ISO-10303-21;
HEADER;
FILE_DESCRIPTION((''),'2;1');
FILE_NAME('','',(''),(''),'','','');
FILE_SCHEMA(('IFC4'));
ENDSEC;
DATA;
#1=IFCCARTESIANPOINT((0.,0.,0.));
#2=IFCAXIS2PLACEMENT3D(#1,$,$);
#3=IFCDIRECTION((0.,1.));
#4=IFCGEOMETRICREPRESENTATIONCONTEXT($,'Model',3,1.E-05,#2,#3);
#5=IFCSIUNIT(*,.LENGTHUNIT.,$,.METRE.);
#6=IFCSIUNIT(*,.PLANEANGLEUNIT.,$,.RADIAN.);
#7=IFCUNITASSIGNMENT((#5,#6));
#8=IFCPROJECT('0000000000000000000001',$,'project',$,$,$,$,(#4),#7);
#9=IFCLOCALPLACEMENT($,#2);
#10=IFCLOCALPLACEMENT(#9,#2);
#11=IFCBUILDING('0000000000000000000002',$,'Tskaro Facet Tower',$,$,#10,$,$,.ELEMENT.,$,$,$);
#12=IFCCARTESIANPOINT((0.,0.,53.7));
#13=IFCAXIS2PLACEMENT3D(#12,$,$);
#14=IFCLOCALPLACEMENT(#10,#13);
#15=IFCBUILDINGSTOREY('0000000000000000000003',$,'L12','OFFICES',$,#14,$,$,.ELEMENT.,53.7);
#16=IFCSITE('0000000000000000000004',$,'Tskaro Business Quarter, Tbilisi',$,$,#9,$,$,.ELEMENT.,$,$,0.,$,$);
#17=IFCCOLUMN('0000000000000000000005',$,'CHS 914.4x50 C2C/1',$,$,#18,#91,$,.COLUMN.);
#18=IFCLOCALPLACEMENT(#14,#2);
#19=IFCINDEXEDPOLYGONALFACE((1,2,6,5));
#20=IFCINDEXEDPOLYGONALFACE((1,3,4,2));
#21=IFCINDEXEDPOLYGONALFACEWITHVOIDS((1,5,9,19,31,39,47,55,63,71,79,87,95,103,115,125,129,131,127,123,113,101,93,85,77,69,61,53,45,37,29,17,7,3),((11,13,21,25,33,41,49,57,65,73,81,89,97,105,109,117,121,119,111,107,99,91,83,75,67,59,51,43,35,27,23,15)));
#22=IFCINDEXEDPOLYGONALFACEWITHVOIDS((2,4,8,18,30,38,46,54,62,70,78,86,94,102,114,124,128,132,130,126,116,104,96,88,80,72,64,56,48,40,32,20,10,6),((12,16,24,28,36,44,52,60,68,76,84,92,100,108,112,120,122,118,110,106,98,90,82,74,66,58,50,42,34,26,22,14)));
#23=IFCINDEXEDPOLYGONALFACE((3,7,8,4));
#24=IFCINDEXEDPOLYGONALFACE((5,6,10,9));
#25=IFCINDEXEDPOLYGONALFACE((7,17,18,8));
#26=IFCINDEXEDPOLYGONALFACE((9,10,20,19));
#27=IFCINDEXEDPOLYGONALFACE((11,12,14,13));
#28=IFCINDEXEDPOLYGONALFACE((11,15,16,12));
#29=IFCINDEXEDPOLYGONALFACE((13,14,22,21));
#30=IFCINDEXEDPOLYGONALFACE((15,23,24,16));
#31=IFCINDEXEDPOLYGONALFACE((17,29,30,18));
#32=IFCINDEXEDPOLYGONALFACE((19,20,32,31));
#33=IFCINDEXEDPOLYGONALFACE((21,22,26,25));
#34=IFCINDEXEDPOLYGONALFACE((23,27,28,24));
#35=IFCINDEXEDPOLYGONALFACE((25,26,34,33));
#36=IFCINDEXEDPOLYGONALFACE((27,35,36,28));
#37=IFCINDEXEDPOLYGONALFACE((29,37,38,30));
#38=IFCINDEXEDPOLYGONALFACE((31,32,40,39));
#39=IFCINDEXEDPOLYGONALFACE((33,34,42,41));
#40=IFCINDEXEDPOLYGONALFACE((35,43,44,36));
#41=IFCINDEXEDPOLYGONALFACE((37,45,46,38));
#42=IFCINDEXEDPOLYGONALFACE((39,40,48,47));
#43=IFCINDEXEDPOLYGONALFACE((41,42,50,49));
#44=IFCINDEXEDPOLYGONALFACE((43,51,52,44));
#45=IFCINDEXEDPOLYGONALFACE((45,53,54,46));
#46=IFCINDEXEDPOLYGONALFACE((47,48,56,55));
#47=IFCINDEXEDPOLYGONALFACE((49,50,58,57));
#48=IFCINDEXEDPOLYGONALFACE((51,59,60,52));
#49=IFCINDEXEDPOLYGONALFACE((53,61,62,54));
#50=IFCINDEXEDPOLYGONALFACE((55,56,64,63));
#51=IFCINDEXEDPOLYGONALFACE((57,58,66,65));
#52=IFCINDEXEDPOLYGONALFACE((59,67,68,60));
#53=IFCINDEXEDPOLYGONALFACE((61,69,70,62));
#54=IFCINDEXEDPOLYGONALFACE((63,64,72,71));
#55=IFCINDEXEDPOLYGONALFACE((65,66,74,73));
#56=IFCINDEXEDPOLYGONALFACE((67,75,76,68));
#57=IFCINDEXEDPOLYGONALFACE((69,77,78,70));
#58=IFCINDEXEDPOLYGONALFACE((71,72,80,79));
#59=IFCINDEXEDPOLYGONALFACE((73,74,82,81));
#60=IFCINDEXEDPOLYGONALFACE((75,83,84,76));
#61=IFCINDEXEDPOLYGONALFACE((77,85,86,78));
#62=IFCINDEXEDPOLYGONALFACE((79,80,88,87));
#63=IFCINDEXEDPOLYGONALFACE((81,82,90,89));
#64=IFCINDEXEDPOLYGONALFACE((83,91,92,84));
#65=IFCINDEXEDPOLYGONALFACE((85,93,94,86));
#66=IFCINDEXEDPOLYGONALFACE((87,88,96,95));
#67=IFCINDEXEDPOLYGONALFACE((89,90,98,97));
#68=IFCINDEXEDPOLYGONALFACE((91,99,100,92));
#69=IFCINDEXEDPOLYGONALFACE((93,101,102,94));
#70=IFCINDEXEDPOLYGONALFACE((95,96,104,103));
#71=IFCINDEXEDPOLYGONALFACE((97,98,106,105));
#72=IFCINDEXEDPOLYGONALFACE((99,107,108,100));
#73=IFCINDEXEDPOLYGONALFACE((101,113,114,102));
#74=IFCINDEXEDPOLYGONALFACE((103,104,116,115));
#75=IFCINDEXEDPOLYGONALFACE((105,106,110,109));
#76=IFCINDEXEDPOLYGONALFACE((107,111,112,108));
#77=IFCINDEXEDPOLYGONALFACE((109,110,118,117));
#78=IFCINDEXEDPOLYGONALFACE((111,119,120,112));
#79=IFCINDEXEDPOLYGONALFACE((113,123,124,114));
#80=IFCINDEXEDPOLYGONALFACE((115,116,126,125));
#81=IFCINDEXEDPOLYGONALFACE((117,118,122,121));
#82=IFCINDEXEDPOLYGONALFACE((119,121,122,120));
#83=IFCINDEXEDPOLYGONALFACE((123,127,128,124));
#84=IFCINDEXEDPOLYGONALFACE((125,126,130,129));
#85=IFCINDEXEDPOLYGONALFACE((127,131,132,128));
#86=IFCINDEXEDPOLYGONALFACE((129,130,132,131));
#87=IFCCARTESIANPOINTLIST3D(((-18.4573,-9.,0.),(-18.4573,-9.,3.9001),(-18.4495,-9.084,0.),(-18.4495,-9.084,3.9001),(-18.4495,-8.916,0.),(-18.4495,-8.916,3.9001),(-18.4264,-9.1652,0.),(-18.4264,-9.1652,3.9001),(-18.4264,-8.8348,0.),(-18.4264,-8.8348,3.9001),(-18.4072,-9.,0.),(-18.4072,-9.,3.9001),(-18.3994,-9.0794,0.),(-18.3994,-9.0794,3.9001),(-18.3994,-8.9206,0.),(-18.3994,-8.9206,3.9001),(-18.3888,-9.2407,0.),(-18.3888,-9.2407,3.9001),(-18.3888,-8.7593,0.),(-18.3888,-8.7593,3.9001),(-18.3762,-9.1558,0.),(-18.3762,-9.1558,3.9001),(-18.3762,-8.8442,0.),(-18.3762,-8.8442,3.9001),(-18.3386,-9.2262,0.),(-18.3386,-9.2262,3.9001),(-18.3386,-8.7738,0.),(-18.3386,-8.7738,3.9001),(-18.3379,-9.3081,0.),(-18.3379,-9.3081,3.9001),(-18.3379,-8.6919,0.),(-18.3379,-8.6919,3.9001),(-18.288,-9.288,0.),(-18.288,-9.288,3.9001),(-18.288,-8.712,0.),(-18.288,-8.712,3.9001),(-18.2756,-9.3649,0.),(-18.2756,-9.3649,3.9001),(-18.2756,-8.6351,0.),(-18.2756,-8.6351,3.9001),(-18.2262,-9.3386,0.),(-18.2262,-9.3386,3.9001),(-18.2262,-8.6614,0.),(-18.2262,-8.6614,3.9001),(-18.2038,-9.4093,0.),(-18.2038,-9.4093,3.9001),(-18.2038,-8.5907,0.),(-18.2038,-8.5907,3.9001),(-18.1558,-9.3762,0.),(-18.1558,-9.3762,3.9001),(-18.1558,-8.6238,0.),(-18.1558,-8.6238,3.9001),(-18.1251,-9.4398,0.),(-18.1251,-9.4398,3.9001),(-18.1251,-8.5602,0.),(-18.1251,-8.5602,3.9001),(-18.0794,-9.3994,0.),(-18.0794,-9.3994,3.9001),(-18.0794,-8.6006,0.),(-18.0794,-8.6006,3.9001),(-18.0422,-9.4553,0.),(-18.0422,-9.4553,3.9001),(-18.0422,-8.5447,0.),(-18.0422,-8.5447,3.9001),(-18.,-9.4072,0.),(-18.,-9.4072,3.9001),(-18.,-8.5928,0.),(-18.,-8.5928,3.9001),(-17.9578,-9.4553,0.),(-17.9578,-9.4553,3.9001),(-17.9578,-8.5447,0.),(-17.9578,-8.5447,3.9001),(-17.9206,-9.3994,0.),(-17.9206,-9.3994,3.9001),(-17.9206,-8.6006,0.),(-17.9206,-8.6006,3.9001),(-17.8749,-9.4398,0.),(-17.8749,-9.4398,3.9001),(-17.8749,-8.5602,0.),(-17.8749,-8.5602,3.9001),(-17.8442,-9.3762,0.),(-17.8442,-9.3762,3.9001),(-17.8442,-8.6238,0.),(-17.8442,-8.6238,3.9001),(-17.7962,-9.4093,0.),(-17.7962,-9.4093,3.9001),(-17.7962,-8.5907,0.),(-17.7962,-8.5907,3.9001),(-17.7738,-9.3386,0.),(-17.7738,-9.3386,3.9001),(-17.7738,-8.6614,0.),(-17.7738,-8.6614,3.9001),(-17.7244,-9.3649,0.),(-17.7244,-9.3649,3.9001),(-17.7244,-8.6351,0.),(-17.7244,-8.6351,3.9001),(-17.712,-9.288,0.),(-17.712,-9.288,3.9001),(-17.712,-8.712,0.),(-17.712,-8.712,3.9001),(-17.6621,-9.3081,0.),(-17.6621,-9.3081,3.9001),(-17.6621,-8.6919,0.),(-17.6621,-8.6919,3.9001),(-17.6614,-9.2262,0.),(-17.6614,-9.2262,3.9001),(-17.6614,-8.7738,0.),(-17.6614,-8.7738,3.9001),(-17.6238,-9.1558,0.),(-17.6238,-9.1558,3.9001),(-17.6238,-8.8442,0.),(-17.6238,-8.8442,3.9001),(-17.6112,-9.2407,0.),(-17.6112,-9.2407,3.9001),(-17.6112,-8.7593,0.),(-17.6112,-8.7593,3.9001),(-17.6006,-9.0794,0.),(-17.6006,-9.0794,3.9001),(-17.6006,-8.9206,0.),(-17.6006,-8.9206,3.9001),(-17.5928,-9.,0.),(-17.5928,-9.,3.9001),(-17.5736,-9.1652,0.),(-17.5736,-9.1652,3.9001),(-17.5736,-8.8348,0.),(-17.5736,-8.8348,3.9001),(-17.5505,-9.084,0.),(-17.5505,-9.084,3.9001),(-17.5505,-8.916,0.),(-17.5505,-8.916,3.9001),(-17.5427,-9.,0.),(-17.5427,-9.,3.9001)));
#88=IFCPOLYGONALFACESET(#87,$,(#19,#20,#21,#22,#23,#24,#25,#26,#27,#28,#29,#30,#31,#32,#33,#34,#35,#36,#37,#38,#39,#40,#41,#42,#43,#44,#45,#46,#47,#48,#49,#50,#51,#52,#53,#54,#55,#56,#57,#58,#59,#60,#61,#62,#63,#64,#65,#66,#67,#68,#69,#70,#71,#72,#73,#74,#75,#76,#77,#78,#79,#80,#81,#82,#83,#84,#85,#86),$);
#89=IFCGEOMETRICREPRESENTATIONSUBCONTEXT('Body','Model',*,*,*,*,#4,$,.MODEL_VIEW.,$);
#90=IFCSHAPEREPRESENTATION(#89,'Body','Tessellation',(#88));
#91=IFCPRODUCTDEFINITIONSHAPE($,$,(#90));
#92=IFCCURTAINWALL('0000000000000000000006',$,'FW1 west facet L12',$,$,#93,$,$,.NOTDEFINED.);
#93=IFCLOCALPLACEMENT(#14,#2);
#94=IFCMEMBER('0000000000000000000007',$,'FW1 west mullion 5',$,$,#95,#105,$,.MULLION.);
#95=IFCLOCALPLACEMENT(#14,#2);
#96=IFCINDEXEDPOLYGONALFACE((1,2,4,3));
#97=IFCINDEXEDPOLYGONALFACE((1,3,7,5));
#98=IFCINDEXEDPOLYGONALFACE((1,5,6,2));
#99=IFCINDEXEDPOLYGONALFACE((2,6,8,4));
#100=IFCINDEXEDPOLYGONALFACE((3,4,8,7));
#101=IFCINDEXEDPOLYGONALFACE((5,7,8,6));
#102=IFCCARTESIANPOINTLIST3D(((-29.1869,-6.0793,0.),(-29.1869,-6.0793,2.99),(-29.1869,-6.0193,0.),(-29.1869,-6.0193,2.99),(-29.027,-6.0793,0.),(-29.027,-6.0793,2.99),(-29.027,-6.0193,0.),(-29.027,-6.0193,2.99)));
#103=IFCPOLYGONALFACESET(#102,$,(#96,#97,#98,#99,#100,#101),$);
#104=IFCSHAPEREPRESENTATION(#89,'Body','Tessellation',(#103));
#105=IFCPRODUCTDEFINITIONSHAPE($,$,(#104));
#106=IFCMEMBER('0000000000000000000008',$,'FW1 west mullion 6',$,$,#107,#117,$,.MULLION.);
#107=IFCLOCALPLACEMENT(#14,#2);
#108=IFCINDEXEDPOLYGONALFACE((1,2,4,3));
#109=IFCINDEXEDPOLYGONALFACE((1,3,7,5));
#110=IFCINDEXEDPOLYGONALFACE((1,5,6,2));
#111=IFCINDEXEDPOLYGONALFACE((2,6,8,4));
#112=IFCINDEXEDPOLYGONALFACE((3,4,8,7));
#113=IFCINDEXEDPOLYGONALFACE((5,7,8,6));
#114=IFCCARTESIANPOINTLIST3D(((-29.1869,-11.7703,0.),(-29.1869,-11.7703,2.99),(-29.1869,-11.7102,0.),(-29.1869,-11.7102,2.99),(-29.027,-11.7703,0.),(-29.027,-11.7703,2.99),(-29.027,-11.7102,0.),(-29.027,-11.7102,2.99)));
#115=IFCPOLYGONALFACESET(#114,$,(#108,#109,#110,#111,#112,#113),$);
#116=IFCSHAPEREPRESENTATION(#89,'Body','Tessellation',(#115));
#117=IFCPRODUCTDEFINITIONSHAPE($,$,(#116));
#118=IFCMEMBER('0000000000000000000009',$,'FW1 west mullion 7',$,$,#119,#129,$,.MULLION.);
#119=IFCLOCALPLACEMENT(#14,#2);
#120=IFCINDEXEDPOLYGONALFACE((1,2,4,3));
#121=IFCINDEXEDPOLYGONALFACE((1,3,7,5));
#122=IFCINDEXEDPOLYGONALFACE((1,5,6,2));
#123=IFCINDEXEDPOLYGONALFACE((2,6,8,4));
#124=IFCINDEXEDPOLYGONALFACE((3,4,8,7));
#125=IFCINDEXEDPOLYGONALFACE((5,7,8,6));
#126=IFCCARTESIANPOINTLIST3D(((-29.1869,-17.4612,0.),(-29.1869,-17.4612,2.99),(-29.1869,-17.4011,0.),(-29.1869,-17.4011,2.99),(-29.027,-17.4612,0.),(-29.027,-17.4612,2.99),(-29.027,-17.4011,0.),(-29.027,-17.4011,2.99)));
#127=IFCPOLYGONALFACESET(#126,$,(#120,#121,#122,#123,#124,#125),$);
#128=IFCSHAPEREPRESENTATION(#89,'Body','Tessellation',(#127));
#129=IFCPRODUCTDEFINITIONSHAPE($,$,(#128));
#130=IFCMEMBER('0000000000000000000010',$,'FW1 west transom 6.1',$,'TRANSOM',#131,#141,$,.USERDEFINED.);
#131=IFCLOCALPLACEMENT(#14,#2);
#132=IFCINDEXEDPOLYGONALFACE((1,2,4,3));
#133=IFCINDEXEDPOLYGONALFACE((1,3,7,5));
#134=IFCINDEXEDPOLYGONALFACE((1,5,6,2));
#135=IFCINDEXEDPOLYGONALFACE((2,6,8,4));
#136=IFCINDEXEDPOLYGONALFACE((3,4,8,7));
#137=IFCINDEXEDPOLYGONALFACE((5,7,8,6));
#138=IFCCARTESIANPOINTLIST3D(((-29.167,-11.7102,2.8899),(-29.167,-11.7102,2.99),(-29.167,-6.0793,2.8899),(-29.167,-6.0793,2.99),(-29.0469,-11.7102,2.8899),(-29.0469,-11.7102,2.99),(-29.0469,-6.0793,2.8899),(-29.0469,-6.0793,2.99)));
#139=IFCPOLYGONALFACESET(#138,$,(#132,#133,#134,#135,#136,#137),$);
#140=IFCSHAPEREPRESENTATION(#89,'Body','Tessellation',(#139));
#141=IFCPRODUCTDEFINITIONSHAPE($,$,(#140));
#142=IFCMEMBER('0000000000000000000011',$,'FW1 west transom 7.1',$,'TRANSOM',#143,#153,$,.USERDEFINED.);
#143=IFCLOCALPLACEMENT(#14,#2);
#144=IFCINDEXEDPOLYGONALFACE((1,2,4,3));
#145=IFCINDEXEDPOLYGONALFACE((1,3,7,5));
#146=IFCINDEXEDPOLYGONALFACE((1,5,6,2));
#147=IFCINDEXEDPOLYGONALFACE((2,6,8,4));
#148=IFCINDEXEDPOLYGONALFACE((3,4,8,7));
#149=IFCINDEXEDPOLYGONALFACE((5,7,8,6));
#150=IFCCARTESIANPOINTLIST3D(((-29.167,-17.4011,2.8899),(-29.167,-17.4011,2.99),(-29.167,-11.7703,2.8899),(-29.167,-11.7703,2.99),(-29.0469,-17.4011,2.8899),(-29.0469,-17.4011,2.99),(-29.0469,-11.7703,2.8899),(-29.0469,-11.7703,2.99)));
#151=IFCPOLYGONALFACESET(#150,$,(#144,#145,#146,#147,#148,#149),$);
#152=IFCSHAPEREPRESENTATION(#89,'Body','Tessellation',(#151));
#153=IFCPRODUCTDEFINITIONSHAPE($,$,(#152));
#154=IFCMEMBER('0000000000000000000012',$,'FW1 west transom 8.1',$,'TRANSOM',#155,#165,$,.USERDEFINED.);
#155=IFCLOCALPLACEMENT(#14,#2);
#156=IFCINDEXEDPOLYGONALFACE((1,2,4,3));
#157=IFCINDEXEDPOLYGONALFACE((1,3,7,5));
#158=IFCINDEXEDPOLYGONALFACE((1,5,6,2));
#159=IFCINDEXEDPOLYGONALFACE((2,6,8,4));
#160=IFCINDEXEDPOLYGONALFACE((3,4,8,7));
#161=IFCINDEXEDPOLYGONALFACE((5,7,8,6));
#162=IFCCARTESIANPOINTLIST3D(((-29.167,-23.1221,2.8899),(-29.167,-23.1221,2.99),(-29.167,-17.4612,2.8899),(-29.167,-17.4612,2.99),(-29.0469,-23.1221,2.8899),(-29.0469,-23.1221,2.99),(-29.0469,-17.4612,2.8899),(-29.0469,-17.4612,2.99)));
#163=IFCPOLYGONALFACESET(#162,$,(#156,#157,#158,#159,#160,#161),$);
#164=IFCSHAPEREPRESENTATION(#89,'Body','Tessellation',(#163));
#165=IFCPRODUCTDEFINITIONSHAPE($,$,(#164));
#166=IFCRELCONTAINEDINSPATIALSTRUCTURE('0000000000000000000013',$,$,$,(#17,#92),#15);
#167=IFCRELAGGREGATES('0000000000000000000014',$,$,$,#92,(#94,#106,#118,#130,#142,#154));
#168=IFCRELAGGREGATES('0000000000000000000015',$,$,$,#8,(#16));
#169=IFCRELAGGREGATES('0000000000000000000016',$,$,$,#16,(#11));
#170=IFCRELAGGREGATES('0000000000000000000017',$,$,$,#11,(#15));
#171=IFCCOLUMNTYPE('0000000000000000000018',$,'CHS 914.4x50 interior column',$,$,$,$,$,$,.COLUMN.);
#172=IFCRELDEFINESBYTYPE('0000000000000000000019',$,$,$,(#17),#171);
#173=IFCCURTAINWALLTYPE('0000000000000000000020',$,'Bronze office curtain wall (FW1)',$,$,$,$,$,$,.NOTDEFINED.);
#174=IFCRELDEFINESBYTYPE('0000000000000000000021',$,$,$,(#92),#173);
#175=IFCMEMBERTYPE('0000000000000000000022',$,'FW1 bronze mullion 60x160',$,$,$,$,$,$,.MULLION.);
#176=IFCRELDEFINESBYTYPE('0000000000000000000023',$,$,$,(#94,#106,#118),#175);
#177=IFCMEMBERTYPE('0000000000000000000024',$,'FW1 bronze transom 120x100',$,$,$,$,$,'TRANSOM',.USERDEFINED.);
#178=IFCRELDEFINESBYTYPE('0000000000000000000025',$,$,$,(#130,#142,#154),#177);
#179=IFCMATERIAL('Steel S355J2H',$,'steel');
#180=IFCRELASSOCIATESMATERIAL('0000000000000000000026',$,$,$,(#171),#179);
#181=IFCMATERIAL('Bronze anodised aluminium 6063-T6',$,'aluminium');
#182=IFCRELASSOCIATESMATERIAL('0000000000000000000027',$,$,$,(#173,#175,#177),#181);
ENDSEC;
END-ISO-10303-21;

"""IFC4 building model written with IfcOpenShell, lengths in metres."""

from ifc_helpers import new_model, si_unit, direction, frame, origin, origin_2d, place, context, subcontext, project, spatial, rectangle, hollow_circle, extrude, material, material_profile, profile_set, type_object, element, aggregate, save


model = new_model("IFC4")

# Units and contexts
model_context = context("Model", 3, precision=1e-05, world=origin(), true_north=direction((0.0, 1.0)))
body_context = subcontext(model_context, "Body", "Model", "MODEL_VIEW")
ifc_project = project(units=[si_unit("LENGTHUNIT", "METRE"), si_unit("PLANEANGLEUNIT", "RADIAN")], contexts=[model_context])

# Site, building, storey
site_placement = place(None, origin())
site = spatial("IfcSite", under=ifc_project, at=site_placement, Name="Tskaro Business Quarter, Tbilisi", CompositionType="ELEMENT", RefElevation=0.0)
building_placement = place(site_placement, origin())
building = spatial("IfcBuilding", under=site, at=building_placement, Name="Tskaro Facet Tower", CompositionType="ELEMENT")
storey_placement = place(building_placement, frame((0.0, 0.0, 53.7)))
storey = spatial("IfcBuildingStorey", under=building, at=storey_placement, Name="L12", Description="OFFICES", CompositionType="ELEMENT", Elevation=53.7)

# Column
ifc_material_1 = material(Name="Steel S355J2H", Category="steel")
ifc_material_profile_1 = material_profile(ifc_material_1, hollow_circle(Radius=0.4573, WallThickness=0.05, at=origin_2d()), Name="CHS 914.4x50")
ifc_profile_set_1 = profile_set([ifc_material_profile_1], Name="Steel S355J2H")
column_type_1 = type_object("IfcColumnType", Name="CHS 914.4x50 interior column", PredefinedType="COLUMN", material=ifc_profile_set_1)
column_placement = place(storey_placement, frame((-18.0, -9.0, 0.0), z_axis=(0.0, 0.0, 1.0), x_axis=(1.0, 0.0, 0.0)))
element("IfcColumn", 1, at=column_placement, inside=storey, type_object=column_type_1, Name="CHS 914.4x50 C2C/1", PredefinedType="COLUMN", context=body_context, shape_type="SweptSolid", body=[
    extrude(hollow_circle(Radius=0.4573, WallThickness=0.05, at=origin_2d()), origin(), (0.0, 0.0, 1.0), 3.9001),
])

# Curtain wall, members
ifc_material_2 = material(Name="Bronze anodised aluminium 6063-T6", Category="aluminium")
curtain_wall_type = type_object("IfcCurtainWallType", Name="Bronze office curtain wall (FW1)", PredefinedType="NOTDEFINED", material=ifc_material_2)
curtain_wall_placement = place(storey_placement, origin())
curtain_wall = element("IfcCurtainWall", 2, at=curtain_wall_placement, inside=storey, type_object=curtain_wall_type, Name="FW1 west facet L12", PredefinedType="NOTDEFINED")
ifc_material_profile_2 = material_profile(ifc_material_2, rectangle(XDim=0.0601, YDim=0.1599, at=origin_2d()), Name="Mullion 60x160")
ifc_profile_set_2 = profile_set([ifc_material_profile_2], Name="Bronze anodised aluminium 6063-T6")
member_type_1 = type_object("IfcMemberType", Name="FW1 bronze mullion 60x160", PredefinedType="MULLION", material=ifc_profile_set_2)
member_1_placement = place(storey_placement, frame((-29.1069, -6.0493, 0.0), z_axis=(0.0, 0.0, 1.0), x_axis=(0.0, -1.0, 0.0)))
member_1 = element("IfcMember", 3, at=member_1_placement, type_object=member_type_1, Name="FW1 west mullion 5", PredefinedType="MULLION", context=body_context, shape_type="SweptSolid", body=[
    extrude(rectangle(XDim=0.0601, YDim=0.1599, at=origin_2d()), origin(), (0.0, 0.0, 1.0), 2.99),
])
member_2_placement = place(storey_placement, frame((-29.1069, -11.7402, 0.0), z_axis=(0.0, 0.0, 1.0), x_axis=(0.0, -1.0, 0.0)))
member_2 = element("IfcMember", 4, at=member_2_placement, type_object=member_type_1, Name="FW1 west mullion 6", PredefinedType="MULLION", context=body_context, shape_type="SweptSolid", body=[
    extrude(rectangle(XDim=0.0601, YDim=0.1599, at=origin_2d()), origin(), (0.0, 0.0, 1.0), 2.99),
])
member_3_placement = place(storey_placement, frame((-29.1069, -17.4312, 0.0), z_axis=(0.0, 0.0, 1.0), x_axis=(0.0, -1.0, 0.0)))
member_3 = element("IfcMember", 5, at=member_3_placement, type_object=member_type_1, Name="FW1 west mullion 7", PredefinedType="MULLION", context=body_context, shape_type="SweptSolid", body=[
    extrude(rectangle(XDim=0.0601, YDim=0.1599, at=origin_2d()), origin(), (0.0, 0.0, 1.0), 2.99),
])
ifc_material_profile_3 = material_profile(ifc_material_2, rectangle(XDim=0.1201, YDim=0.1001, at=origin_2d()), Name="Transom 120x100")
ifc_profile_set_3 = profile_set([ifc_material_profile_3], Name="Bronze anodised aluminium 6063-T6")
member_type_2 = type_object("IfcMemberType", Name="FW1 bronze transom 120x100", ElementType="TRANSOM", PredefinedType="USERDEFINED", material=ifc_profile_set_3)
member_4_placement = place(storey_placement, frame((-29.1069, -6.0793, 2.9399), z_axis=(0.0, -1.0, 0.0), x_axis=(1.0, 0.0, 0.0)))
member_4 = element("IfcMember", 6, at=member_4_placement, type_object=member_type_2, Name="FW1 west transom 6.1", ObjectType="TRANSOM", PredefinedType="USERDEFINED", context=body_context, shape_type="SweptSolid", body=[
    extrude(rectangle(XDim=0.1201, YDim=0.1001, at=origin_2d()), origin(), (0.0, 0.0, 1.0), 5.6309),
])
member_5_placement = place(storey_placement, frame((-29.1069, -11.7703, 2.9399), z_axis=(0.0, -1.0, 0.0), x_axis=(1.0, 0.0, 0.0)))
member_5 = element("IfcMember", 7, at=member_5_placement, type_object=member_type_2, Name="FW1 west transom 7.1", ObjectType="TRANSOM", PredefinedType="USERDEFINED", context=body_context, shape_type="SweptSolid", body=[
    extrude(rectangle(XDim=0.1201, YDim=0.1001, at=origin_2d()), origin(), (0.0, 0.0, 1.0), 5.6309),
])
member_6_placement = place(storey_placement, frame((-29.1069, -17.4612, 2.9399), z_axis=(0.0, -1.0, 0.0), x_axis=(1.0, 0.0, 0.0)))
member_6 = element("IfcMember", 8, at=member_6_placement, type_object=member_type_2, Name="FW1 west transom 8.1", ObjectType="TRANSOM", PredefinedType="USERDEFINED", context=body_context, shape_type="SweptSolid", body=[
    extrude(rectangle(XDim=0.1201, YDim=0.1001, at=origin_2d()), origin(), (0.0, 0.0, 1.0), 5.6609),
])

aggregate(curtain_wall, [member_1, member_2, member_3, member_4, member_5, member_6])

save(model, "model.ifc")
